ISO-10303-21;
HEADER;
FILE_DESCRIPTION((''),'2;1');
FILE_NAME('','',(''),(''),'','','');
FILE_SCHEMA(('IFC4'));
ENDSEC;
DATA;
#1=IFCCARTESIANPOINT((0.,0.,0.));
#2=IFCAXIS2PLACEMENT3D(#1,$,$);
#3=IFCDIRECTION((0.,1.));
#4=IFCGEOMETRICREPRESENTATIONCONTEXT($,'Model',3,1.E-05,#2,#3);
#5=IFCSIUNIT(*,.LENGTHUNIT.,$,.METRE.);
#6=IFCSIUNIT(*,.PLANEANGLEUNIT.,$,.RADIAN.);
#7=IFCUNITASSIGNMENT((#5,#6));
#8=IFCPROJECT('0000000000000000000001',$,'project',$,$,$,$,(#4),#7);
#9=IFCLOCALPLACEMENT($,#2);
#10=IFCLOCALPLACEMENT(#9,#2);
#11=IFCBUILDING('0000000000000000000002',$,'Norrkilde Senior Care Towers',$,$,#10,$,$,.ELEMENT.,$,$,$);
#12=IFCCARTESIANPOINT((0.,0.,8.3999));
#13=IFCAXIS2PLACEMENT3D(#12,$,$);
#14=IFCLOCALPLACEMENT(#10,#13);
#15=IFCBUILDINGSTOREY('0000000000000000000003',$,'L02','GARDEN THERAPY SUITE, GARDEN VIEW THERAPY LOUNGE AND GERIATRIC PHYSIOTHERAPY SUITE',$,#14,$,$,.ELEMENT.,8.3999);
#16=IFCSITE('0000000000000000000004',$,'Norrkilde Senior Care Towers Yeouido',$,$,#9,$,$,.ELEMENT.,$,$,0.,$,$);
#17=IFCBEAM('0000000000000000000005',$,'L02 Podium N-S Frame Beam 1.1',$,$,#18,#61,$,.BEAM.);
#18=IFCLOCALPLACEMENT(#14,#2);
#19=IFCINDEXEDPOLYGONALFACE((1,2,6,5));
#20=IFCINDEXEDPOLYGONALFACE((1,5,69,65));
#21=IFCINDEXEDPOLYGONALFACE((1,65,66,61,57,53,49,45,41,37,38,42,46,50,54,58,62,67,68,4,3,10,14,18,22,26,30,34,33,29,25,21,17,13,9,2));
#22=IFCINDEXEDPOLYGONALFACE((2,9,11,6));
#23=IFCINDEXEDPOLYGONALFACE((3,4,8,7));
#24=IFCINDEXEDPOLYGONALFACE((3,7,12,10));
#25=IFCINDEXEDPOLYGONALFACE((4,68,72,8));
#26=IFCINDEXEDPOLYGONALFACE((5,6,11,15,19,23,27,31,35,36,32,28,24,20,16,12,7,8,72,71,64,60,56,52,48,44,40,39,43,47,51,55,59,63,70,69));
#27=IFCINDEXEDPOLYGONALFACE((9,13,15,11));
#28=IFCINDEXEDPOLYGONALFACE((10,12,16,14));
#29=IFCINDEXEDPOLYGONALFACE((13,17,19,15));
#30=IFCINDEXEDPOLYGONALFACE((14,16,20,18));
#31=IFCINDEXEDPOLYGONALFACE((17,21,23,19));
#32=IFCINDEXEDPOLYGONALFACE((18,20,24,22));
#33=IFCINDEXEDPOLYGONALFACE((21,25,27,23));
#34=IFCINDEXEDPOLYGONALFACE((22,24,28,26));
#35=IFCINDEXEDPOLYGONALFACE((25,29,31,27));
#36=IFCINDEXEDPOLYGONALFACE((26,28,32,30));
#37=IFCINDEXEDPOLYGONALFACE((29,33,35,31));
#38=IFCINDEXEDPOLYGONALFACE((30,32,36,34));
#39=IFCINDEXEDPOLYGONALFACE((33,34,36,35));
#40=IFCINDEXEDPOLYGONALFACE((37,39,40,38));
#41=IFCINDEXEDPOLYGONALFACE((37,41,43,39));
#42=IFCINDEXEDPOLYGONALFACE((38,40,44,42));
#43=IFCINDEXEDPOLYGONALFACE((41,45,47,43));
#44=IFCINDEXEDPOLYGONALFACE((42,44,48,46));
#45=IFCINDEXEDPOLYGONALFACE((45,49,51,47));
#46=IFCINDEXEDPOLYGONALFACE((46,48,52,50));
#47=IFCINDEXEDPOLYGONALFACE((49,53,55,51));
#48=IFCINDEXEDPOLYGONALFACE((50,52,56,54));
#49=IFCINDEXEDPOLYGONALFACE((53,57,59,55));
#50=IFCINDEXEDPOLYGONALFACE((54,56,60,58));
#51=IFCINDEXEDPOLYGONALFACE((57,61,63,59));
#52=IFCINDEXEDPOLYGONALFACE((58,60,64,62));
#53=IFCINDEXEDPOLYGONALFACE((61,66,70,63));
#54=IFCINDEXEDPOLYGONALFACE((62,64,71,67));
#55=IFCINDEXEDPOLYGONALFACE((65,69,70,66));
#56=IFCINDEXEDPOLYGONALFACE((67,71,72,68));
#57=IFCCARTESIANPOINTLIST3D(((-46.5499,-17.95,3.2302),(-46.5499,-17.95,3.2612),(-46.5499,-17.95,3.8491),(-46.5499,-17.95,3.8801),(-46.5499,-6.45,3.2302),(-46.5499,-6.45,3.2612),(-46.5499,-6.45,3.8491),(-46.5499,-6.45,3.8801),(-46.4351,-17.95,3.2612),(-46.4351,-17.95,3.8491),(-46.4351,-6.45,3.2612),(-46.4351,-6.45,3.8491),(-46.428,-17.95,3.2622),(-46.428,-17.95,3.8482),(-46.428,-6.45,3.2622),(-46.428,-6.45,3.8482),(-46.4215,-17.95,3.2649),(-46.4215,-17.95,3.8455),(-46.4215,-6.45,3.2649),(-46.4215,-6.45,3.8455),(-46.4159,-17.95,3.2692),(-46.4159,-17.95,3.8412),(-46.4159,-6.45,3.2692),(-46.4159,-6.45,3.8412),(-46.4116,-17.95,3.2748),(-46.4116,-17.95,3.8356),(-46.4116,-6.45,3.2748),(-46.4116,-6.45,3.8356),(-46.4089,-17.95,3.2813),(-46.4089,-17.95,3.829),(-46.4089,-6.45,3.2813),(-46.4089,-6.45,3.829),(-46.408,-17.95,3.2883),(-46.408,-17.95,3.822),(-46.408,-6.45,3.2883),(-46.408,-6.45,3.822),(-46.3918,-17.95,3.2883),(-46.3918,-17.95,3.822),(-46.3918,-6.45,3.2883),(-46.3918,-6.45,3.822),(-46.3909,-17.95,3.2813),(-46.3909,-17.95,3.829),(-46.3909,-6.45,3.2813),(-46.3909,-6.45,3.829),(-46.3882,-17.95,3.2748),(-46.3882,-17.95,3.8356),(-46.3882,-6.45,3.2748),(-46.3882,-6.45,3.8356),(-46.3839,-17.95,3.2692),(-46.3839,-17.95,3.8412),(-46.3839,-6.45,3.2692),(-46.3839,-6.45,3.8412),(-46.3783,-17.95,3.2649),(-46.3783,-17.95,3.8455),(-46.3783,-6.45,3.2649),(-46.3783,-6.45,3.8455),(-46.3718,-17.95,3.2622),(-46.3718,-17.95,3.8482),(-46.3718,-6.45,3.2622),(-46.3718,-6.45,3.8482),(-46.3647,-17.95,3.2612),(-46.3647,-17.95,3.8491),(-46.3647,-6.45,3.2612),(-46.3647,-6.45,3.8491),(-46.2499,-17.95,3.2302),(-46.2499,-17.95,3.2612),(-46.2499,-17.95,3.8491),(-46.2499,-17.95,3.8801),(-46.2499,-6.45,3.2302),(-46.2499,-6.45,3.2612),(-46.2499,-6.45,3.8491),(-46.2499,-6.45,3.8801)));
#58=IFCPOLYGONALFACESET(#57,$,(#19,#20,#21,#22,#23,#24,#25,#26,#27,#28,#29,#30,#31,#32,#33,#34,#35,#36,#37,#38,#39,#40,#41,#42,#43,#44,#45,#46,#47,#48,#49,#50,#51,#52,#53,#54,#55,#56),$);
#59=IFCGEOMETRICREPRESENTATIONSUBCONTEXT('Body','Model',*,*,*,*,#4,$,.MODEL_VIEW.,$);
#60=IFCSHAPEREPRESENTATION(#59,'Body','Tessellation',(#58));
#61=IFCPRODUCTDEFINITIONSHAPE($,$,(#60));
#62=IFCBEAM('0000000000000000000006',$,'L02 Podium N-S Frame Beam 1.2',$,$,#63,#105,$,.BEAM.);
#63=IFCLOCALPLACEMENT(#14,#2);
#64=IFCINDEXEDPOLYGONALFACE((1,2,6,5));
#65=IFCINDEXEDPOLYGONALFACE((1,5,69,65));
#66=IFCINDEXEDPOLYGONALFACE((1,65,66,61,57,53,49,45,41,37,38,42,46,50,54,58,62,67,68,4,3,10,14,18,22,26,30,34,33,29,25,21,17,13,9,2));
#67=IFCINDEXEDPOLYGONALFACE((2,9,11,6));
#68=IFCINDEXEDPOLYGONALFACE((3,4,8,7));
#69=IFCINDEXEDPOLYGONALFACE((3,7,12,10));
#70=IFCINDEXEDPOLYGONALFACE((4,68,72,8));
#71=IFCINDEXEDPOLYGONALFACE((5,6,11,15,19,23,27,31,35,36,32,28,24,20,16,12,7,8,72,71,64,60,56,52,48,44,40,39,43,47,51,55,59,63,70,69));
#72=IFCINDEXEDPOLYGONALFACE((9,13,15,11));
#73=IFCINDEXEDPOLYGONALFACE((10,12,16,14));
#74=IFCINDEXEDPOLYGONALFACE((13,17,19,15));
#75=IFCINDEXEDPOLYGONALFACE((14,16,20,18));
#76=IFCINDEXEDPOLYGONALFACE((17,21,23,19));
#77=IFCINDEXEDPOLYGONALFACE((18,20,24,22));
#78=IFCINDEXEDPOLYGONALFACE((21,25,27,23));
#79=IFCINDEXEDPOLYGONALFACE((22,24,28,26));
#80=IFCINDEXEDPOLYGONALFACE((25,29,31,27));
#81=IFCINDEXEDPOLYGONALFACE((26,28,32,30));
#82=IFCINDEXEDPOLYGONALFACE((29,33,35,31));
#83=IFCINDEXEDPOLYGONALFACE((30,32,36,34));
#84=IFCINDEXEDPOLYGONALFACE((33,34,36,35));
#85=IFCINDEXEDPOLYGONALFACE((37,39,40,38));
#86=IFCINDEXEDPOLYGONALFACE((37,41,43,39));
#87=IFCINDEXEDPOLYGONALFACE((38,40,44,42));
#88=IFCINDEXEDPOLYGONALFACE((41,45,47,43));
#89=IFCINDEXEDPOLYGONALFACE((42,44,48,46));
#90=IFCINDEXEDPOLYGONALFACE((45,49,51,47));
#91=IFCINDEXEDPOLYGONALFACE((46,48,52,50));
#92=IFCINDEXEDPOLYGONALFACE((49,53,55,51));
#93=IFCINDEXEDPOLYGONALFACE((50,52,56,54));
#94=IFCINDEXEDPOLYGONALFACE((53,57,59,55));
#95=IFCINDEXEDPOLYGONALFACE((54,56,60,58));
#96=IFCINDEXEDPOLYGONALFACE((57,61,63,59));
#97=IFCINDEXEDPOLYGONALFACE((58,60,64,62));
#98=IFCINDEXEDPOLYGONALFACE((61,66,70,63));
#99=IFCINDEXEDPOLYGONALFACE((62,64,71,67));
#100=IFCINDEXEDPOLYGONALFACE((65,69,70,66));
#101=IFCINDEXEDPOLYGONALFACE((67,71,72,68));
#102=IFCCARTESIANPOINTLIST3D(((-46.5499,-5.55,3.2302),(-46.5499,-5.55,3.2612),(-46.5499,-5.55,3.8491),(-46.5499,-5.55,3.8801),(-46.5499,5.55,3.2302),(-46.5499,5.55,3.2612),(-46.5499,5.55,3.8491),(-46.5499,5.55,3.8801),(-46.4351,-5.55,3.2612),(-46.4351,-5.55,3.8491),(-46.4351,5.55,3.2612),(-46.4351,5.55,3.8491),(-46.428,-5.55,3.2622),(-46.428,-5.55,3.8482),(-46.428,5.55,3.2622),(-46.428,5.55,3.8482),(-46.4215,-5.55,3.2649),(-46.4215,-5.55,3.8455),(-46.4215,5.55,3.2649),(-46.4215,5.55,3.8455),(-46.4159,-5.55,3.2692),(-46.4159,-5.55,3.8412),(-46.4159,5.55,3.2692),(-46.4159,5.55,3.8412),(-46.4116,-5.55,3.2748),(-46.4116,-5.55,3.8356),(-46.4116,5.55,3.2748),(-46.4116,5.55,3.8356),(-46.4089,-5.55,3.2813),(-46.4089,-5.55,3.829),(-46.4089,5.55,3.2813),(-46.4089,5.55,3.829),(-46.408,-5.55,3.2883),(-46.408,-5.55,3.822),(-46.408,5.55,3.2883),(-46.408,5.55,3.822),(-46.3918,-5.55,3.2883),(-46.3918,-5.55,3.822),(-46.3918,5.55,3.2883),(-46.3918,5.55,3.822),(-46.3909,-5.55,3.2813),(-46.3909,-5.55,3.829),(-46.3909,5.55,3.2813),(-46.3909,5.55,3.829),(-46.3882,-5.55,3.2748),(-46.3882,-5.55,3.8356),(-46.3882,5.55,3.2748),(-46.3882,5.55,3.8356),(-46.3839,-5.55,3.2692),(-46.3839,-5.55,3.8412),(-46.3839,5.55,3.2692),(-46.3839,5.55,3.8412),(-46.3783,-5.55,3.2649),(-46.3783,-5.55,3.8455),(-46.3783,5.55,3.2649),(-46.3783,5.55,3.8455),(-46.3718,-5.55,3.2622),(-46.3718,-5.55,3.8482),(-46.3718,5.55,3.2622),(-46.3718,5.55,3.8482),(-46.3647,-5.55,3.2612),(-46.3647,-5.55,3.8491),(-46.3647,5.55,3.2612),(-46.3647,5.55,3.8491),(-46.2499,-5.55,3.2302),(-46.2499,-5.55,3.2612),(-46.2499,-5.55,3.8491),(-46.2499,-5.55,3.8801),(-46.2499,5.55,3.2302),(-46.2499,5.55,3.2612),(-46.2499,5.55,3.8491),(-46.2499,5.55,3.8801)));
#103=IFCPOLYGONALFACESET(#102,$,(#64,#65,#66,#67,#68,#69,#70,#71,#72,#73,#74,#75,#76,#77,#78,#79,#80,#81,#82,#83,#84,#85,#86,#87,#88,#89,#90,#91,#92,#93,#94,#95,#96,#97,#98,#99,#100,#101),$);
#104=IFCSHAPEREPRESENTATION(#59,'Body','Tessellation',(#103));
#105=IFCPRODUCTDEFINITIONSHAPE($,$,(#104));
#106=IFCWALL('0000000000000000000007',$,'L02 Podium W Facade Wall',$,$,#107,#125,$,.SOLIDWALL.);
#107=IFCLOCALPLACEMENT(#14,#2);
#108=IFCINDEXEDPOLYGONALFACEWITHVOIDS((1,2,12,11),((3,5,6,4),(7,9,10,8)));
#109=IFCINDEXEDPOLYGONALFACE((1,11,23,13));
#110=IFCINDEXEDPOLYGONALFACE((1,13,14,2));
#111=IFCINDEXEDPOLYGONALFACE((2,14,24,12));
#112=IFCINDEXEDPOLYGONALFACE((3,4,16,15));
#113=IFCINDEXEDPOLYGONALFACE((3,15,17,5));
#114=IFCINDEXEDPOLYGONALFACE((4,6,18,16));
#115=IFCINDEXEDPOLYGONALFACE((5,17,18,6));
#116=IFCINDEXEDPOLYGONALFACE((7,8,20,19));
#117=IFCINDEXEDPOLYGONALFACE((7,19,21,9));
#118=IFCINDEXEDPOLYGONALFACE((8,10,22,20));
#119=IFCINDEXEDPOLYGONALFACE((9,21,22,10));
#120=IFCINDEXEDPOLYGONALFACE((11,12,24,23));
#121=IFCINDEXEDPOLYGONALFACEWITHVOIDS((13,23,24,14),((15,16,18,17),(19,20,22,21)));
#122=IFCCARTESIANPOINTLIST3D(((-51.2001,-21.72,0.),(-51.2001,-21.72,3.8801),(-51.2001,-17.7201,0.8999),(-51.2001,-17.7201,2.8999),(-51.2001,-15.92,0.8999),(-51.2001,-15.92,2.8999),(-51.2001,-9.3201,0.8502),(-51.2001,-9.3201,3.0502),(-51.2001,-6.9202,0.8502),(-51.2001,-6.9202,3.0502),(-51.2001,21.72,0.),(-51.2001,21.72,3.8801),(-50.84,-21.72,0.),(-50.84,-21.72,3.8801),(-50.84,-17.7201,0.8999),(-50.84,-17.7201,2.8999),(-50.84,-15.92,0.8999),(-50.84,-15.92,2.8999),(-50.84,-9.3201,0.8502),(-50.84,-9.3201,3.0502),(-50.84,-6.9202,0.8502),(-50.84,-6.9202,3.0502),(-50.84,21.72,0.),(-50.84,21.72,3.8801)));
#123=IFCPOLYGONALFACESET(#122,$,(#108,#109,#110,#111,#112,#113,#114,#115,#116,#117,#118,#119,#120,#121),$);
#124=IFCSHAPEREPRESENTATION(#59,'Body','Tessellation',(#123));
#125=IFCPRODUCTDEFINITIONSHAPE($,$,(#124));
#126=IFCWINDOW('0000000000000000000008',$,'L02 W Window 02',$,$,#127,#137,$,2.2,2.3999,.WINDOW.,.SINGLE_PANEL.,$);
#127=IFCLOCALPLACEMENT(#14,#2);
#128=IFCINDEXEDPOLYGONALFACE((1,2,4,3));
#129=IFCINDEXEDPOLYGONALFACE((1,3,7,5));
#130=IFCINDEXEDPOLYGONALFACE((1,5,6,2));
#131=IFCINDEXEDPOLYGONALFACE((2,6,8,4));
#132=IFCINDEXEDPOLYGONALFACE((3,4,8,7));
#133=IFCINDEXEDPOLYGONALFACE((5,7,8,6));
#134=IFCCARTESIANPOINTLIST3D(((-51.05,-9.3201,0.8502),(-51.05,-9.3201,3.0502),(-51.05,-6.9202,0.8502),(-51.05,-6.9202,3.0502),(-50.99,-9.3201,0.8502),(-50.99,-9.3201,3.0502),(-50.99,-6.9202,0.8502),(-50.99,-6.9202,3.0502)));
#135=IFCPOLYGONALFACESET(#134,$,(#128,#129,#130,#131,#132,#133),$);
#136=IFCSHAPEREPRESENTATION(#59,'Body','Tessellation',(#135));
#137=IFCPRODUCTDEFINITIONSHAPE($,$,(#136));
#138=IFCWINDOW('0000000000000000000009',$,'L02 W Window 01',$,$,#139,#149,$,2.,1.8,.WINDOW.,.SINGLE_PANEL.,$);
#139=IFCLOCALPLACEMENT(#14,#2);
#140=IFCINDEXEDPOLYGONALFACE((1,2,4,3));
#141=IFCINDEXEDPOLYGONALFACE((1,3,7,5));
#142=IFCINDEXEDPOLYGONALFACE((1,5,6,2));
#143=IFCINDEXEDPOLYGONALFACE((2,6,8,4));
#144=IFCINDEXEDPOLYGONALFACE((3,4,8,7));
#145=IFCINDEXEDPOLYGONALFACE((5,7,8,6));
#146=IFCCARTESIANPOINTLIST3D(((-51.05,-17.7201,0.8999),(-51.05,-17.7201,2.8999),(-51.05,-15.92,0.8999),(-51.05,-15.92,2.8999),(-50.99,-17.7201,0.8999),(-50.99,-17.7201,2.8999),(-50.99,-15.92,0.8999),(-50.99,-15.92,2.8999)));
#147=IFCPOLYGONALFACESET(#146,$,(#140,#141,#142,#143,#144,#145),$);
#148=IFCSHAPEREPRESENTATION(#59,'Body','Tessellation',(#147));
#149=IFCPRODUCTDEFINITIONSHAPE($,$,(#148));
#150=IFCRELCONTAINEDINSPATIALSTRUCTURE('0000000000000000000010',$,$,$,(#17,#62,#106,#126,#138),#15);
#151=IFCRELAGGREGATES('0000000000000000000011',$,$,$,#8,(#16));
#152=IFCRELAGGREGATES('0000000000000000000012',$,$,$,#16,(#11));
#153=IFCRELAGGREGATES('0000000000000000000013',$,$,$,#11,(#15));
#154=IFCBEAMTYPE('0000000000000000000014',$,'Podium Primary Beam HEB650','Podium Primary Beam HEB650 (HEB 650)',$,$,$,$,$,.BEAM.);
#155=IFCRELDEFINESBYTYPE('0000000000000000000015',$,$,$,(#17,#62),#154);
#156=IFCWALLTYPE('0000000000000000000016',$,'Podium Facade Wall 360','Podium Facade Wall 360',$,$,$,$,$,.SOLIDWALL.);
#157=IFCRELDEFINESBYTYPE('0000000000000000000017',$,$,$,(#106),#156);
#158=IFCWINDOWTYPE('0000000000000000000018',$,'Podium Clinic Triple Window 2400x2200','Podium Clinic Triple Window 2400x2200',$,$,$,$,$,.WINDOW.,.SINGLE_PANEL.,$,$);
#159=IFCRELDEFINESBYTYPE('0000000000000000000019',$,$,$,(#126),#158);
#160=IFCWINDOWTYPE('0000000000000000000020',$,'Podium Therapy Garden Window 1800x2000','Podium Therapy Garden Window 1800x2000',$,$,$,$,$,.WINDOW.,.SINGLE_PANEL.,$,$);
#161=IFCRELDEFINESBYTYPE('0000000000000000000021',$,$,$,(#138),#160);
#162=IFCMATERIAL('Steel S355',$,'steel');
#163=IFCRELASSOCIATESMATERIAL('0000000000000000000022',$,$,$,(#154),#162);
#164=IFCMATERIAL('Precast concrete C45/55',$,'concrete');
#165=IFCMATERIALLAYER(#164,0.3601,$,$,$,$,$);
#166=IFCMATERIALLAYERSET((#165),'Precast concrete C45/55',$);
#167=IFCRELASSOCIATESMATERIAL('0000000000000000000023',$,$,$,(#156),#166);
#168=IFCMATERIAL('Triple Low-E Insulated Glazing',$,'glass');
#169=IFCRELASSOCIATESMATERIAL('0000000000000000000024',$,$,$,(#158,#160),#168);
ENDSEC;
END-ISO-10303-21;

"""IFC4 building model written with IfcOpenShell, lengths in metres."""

from ifc_helpers import new_model, si_unit, direction, frame, frame_2d, origin, origin_2d, place, context, subcontext, project, spatial, rectangle, i_section, extrude, source, transform, mapped, material, layer, layer_set, material_profile, profile_set, type_object, type_shapes, element, fill, save


model = new_model("IFC4")

# Units and contexts
model_context = context("Model", 3, precision=1e-05, world=origin(), true_north=direction((0.0, 1.0)))
body_context = subcontext(model_context, "Body", "Model", "MODEL_VIEW")
ifc_project = project(units=[si_unit("LENGTHUNIT", "METRE"), si_unit("PLANEANGLEUNIT", "RADIAN")], contexts=[model_context])

# Site, building, storey
site_placement = place(None, origin())
site = spatial("IfcSite", under=ifc_project, at=site_placement, Name="Norrkilde Senior Care Towers Yeouido", CompositionType="ELEMENT", RefElevation=0.0)
building_placement = place(site_placement, origin())
building = spatial("IfcBuilding", under=site, at=building_placement, Name="Norrkilde Senior Care Towers", CompositionType="ELEMENT")
storey_placement = place(building_placement, frame((0.0, 0.0, 8.3999)))
storey = spatial("IfcBuildingStorey", under=building, at=storey_placement, Name="L02", Description="GARDEN THERAPY SUITE, GARDEN VIEW THERAPY LOUNGE AND GERIATRIC PHYSIOTHERAPY SUITE", CompositionType="ELEMENT", Elevation=8.3999)

# Beams
ifc_material_1 = material(Name="Steel S355", Category="steel")
ifc_material_profile_1 = material_profile(ifc_material_1, i_section(OverallWidth=0.3, OverallDepth=0.6499, WebThickness=0.0161, FlangeThickness=0.031, FilletRadius=0.0271, at=origin_2d()), Name="HEB 650")
ifc_profile_set_1 = profile_set([ifc_material_profile_1], Name="Steel S355")
beam_type_1 = type_object("IfcBeamType", Name="Podium Primary Beam HEB650", Description="Podium Primary Beam HEB650 (HEB 650)", PredefinedType="BEAM", material=ifc_profile_set_1)
shared_shape_1 = source(origin(), body_context, "Body", "SweptSolid", [
    extrude(i_section(OverallWidth=0.3, OverallDepth=0.6499, WebThickness=0.0161, FlangeThickness=0.031, FilletRadius=0.0271, at=origin_2d()), origin(), (0.0, 0.0, 1.0), 11.5),
])
beam_1_placement = place(storey_placement, frame((-46.3999, -17.95, 3.5552), z_axis=(0.0, 1.0, 0.0), x_axis=(-1.0, 0.0, 0.0)))
element("IfcBeam", 1, at=beam_1_placement, inside=storey, type_object=beam_type_1, Name="L02 Podium N-S Frame Beam 1.1", PredefinedType="BEAM", context=body_context, shape_type="MappedRepresentation", body=[
    mapped(shared_shape_1, transform((0.0, 0.0, 0.0), x_axis=(1.0, 0.0, 0.0), y_axis=(0.0, 1.0, 0.0), z_axis=(0.0, 0.0, 1.0), scale=1.0)),
])
shared_shape_2 = source(origin(), body_context, "Body", "SweptSolid", [
    extrude(i_section(OverallWidth=0.3, OverallDepth=0.6499, WebThickness=0.0161, FlangeThickness=0.031, FilletRadius=0.0271, at=origin_2d()), origin(), (0.0, 0.0, 1.0), 11.1001),
])
beam_2_placement = place(storey_placement, frame((-46.3999, -5.55, 3.5552), z_axis=(0.0, 1.0, 0.0), x_axis=(-1.0, 0.0, 0.0)))
element("IfcBeam", 2, at=beam_2_placement, inside=storey, type_object=beam_type_1, Name="L02 Podium N-S Frame Beam 1.2", PredefinedType="BEAM", context=body_context, shape_type="MappedRepresentation", body=[
    mapped(shared_shape_2, transform((0.0, 0.0, 0.0), x_axis=(1.0, 0.0, 0.0), y_axis=(0.0, 1.0, 0.0), z_axis=(0.0, 0.0, 1.0), scale=1.0)),
])

# Wall, openings, windows
ifc_material_2 = material(Name="Precast concrete C45/55", Category="concrete")
ifc_layer_1 = layer(ifc_material_2, 0.3601)
ifc_layer_set_1 = layer_set([ifc_layer_1], Name="Precast concrete C45/55")
wall_type_1 = type_object("IfcWallType", Name="Podium Facade Wall 360", Description="Podium Facade Wall 360", PredefinedType="SOLIDWALL", material=ifc_layer_set_1)
shared_shape_3 = source(origin(), body_context, "Body", "SweptSolid", [
    extrude(rectangle(XDim=43.4399, YDim=0.3601, at=frame_2d((21.72, 0.0))), origin(), (0.0, 0.0, 1.0), 3.8801),
])
type_shapes(wall_type_1, [shared_shape_3])
wall_1_placement = place(storey_placement, frame((-51.02, -21.72, 0.0), z_axis=(0.0, 0.0, 1.0), x_axis=(0.0, 1.0, 0.0)))
wall_1 = element("IfcWall", 3, at=wall_1_placement, inside=storey, type_object=wall_type_1, Name="L02 Podium W Facade Wall", PredefinedType="SOLIDWALL", context=body_context, shape_type="MappedRepresentation", body=[
    mapped(shared_shape_3, transform((0.0, 0.0, 0.0), x_axis=(1.0, 0.0, 0.0), y_axis=(0.0, 1.0, 0.0), z_axis=(0.0, 0.0, 1.0), scale=1.0)),
])
opening_1_placement = place(wall_1_placement, frame((4.0, 0.0, 0.8999)))
opening_1 = element("IfcOpeningElement", 4, at=opening_1_placement, cuts=wall_1, PredefinedType="OPENING", context=body_context, shape_type="SweptSolid", body=[
    extrude(rectangle(XDim=1.8, YDim=2.0, at=frame_2d((0.8999, 1.0))), frame((0.0, 0.1899, 0.0), z_axis=(0.0, -1.0, 0.0), x_axis=(1.0, 0.0, 0.0)), (0.0, 0.0, 1.0), 0.3801),
])
opening_2_placement = place(wall_1_placement, frame((12.3999, 0.0, 0.8501)))
opening_2 = element("IfcOpeningElement", 5, at=opening_2_placement, cuts=wall_1, PredefinedType="OPENING", context=body_context, shape_type="SweptSolid", body=[
    extrude(rectangle(XDim=2.3999, YDim=2.2, at=frame_2d((1.2, 1.1001))), frame((0.0, 0.1899, 0.0), z_axis=(0.0, -1.0, 0.0), x_axis=(1.0, 0.0, 0.0)), (0.0, 0.0, 1.0), 0.3801),
])
ifc_material_3 = material(Name="Triple Low-E Insulated Glazing", Category="glass")
window_type_1 = type_object("IfcWindowType", Name="Podium Clinic Triple Window 2400x2200", Description="Podium Clinic Triple Window 2400x2200", PartitioningType="SINGLE_PANEL", PredefinedType="WINDOW", material=ifc_material_3)
shared_shape_4 = source(origin(), body_context, "Body", "SweptSolid", [
    extrude(rectangle(XDim=2.3999, YDim=2.2, at=frame_2d((1.2, 1.1001))), frame((0.0, 0.03, 0.0), z_axis=(0.0, -1.0, 0.0), x_axis=(1.0, 0.0, 0.0)), (0.0, 0.0, 1.0), 0.0601),
])
type_shapes(window_type_1, [shared_shape_4])
window_1_placement = place(opening_2_placement, origin())
window_1 = element("IfcWindow", 6, at=window_1_placement, inside=storey, type_object=window_type_1, Name="L02 W Window 02", OverallHeight=2.2, OverallWidth=2.3999, PartitioningType="SINGLE_PANEL", PredefinedType="WINDOW", context=body_context, shape_type="MappedRepresentation", body=[
    mapped(shared_shape_4, transform((0.0, 0.0, 0.0), x_axis=(1.0, 0.0, 0.0), y_axis=(0.0, 1.0, 0.0), z_axis=(0.0, 0.0, 1.0), scale=1.0)),
])
fill(opening_2, window_1)
window_type_2 = type_object("IfcWindowType", Name="Podium Therapy Garden Window 1800x2000", Description="Podium Therapy Garden Window 1800x2000", PartitioningType="SINGLE_PANEL", PredefinedType="WINDOW", material=ifc_material_3)
shared_shape_5 = source(origin(), body_context, "Body", "SweptSolid", [
    extrude(rectangle(XDim=1.8, YDim=2.0, at=frame_2d((0.8999, 1.0))), frame((0.0, 0.03, 0.0), z_axis=(0.0, -1.0, 0.0), x_axis=(1.0, 0.0, 0.0)), (0.0, 0.0, 1.0), 0.0601),
])
type_shapes(window_type_2, [shared_shape_5])
window_2_placement = place(opening_1_placement, origin())
window_2 = element("IfcWindow", 7, at=window_2_placement, inside=storey, type_object=window_type_2, Name="L02 W Window 01", OverallHeight=2.0, OverallWidth=1.8, PartitioningType="SINGLE_PANEL", PredefinedType="WINDOW", context=body_context, shape_type="MappedRepresentation", body=[
    mapped(shared_shape_5, transform((0.0, 0.0, 0.0), x_axis=(1.0, 0.0, 0.0), y_axis=(0.0, 1.0, 0.0), z_axis=(0.0, 0.0, 1.0), scale=1.0)),
])
fill(opening_1, window_2)

save(model, "model.ifc")
